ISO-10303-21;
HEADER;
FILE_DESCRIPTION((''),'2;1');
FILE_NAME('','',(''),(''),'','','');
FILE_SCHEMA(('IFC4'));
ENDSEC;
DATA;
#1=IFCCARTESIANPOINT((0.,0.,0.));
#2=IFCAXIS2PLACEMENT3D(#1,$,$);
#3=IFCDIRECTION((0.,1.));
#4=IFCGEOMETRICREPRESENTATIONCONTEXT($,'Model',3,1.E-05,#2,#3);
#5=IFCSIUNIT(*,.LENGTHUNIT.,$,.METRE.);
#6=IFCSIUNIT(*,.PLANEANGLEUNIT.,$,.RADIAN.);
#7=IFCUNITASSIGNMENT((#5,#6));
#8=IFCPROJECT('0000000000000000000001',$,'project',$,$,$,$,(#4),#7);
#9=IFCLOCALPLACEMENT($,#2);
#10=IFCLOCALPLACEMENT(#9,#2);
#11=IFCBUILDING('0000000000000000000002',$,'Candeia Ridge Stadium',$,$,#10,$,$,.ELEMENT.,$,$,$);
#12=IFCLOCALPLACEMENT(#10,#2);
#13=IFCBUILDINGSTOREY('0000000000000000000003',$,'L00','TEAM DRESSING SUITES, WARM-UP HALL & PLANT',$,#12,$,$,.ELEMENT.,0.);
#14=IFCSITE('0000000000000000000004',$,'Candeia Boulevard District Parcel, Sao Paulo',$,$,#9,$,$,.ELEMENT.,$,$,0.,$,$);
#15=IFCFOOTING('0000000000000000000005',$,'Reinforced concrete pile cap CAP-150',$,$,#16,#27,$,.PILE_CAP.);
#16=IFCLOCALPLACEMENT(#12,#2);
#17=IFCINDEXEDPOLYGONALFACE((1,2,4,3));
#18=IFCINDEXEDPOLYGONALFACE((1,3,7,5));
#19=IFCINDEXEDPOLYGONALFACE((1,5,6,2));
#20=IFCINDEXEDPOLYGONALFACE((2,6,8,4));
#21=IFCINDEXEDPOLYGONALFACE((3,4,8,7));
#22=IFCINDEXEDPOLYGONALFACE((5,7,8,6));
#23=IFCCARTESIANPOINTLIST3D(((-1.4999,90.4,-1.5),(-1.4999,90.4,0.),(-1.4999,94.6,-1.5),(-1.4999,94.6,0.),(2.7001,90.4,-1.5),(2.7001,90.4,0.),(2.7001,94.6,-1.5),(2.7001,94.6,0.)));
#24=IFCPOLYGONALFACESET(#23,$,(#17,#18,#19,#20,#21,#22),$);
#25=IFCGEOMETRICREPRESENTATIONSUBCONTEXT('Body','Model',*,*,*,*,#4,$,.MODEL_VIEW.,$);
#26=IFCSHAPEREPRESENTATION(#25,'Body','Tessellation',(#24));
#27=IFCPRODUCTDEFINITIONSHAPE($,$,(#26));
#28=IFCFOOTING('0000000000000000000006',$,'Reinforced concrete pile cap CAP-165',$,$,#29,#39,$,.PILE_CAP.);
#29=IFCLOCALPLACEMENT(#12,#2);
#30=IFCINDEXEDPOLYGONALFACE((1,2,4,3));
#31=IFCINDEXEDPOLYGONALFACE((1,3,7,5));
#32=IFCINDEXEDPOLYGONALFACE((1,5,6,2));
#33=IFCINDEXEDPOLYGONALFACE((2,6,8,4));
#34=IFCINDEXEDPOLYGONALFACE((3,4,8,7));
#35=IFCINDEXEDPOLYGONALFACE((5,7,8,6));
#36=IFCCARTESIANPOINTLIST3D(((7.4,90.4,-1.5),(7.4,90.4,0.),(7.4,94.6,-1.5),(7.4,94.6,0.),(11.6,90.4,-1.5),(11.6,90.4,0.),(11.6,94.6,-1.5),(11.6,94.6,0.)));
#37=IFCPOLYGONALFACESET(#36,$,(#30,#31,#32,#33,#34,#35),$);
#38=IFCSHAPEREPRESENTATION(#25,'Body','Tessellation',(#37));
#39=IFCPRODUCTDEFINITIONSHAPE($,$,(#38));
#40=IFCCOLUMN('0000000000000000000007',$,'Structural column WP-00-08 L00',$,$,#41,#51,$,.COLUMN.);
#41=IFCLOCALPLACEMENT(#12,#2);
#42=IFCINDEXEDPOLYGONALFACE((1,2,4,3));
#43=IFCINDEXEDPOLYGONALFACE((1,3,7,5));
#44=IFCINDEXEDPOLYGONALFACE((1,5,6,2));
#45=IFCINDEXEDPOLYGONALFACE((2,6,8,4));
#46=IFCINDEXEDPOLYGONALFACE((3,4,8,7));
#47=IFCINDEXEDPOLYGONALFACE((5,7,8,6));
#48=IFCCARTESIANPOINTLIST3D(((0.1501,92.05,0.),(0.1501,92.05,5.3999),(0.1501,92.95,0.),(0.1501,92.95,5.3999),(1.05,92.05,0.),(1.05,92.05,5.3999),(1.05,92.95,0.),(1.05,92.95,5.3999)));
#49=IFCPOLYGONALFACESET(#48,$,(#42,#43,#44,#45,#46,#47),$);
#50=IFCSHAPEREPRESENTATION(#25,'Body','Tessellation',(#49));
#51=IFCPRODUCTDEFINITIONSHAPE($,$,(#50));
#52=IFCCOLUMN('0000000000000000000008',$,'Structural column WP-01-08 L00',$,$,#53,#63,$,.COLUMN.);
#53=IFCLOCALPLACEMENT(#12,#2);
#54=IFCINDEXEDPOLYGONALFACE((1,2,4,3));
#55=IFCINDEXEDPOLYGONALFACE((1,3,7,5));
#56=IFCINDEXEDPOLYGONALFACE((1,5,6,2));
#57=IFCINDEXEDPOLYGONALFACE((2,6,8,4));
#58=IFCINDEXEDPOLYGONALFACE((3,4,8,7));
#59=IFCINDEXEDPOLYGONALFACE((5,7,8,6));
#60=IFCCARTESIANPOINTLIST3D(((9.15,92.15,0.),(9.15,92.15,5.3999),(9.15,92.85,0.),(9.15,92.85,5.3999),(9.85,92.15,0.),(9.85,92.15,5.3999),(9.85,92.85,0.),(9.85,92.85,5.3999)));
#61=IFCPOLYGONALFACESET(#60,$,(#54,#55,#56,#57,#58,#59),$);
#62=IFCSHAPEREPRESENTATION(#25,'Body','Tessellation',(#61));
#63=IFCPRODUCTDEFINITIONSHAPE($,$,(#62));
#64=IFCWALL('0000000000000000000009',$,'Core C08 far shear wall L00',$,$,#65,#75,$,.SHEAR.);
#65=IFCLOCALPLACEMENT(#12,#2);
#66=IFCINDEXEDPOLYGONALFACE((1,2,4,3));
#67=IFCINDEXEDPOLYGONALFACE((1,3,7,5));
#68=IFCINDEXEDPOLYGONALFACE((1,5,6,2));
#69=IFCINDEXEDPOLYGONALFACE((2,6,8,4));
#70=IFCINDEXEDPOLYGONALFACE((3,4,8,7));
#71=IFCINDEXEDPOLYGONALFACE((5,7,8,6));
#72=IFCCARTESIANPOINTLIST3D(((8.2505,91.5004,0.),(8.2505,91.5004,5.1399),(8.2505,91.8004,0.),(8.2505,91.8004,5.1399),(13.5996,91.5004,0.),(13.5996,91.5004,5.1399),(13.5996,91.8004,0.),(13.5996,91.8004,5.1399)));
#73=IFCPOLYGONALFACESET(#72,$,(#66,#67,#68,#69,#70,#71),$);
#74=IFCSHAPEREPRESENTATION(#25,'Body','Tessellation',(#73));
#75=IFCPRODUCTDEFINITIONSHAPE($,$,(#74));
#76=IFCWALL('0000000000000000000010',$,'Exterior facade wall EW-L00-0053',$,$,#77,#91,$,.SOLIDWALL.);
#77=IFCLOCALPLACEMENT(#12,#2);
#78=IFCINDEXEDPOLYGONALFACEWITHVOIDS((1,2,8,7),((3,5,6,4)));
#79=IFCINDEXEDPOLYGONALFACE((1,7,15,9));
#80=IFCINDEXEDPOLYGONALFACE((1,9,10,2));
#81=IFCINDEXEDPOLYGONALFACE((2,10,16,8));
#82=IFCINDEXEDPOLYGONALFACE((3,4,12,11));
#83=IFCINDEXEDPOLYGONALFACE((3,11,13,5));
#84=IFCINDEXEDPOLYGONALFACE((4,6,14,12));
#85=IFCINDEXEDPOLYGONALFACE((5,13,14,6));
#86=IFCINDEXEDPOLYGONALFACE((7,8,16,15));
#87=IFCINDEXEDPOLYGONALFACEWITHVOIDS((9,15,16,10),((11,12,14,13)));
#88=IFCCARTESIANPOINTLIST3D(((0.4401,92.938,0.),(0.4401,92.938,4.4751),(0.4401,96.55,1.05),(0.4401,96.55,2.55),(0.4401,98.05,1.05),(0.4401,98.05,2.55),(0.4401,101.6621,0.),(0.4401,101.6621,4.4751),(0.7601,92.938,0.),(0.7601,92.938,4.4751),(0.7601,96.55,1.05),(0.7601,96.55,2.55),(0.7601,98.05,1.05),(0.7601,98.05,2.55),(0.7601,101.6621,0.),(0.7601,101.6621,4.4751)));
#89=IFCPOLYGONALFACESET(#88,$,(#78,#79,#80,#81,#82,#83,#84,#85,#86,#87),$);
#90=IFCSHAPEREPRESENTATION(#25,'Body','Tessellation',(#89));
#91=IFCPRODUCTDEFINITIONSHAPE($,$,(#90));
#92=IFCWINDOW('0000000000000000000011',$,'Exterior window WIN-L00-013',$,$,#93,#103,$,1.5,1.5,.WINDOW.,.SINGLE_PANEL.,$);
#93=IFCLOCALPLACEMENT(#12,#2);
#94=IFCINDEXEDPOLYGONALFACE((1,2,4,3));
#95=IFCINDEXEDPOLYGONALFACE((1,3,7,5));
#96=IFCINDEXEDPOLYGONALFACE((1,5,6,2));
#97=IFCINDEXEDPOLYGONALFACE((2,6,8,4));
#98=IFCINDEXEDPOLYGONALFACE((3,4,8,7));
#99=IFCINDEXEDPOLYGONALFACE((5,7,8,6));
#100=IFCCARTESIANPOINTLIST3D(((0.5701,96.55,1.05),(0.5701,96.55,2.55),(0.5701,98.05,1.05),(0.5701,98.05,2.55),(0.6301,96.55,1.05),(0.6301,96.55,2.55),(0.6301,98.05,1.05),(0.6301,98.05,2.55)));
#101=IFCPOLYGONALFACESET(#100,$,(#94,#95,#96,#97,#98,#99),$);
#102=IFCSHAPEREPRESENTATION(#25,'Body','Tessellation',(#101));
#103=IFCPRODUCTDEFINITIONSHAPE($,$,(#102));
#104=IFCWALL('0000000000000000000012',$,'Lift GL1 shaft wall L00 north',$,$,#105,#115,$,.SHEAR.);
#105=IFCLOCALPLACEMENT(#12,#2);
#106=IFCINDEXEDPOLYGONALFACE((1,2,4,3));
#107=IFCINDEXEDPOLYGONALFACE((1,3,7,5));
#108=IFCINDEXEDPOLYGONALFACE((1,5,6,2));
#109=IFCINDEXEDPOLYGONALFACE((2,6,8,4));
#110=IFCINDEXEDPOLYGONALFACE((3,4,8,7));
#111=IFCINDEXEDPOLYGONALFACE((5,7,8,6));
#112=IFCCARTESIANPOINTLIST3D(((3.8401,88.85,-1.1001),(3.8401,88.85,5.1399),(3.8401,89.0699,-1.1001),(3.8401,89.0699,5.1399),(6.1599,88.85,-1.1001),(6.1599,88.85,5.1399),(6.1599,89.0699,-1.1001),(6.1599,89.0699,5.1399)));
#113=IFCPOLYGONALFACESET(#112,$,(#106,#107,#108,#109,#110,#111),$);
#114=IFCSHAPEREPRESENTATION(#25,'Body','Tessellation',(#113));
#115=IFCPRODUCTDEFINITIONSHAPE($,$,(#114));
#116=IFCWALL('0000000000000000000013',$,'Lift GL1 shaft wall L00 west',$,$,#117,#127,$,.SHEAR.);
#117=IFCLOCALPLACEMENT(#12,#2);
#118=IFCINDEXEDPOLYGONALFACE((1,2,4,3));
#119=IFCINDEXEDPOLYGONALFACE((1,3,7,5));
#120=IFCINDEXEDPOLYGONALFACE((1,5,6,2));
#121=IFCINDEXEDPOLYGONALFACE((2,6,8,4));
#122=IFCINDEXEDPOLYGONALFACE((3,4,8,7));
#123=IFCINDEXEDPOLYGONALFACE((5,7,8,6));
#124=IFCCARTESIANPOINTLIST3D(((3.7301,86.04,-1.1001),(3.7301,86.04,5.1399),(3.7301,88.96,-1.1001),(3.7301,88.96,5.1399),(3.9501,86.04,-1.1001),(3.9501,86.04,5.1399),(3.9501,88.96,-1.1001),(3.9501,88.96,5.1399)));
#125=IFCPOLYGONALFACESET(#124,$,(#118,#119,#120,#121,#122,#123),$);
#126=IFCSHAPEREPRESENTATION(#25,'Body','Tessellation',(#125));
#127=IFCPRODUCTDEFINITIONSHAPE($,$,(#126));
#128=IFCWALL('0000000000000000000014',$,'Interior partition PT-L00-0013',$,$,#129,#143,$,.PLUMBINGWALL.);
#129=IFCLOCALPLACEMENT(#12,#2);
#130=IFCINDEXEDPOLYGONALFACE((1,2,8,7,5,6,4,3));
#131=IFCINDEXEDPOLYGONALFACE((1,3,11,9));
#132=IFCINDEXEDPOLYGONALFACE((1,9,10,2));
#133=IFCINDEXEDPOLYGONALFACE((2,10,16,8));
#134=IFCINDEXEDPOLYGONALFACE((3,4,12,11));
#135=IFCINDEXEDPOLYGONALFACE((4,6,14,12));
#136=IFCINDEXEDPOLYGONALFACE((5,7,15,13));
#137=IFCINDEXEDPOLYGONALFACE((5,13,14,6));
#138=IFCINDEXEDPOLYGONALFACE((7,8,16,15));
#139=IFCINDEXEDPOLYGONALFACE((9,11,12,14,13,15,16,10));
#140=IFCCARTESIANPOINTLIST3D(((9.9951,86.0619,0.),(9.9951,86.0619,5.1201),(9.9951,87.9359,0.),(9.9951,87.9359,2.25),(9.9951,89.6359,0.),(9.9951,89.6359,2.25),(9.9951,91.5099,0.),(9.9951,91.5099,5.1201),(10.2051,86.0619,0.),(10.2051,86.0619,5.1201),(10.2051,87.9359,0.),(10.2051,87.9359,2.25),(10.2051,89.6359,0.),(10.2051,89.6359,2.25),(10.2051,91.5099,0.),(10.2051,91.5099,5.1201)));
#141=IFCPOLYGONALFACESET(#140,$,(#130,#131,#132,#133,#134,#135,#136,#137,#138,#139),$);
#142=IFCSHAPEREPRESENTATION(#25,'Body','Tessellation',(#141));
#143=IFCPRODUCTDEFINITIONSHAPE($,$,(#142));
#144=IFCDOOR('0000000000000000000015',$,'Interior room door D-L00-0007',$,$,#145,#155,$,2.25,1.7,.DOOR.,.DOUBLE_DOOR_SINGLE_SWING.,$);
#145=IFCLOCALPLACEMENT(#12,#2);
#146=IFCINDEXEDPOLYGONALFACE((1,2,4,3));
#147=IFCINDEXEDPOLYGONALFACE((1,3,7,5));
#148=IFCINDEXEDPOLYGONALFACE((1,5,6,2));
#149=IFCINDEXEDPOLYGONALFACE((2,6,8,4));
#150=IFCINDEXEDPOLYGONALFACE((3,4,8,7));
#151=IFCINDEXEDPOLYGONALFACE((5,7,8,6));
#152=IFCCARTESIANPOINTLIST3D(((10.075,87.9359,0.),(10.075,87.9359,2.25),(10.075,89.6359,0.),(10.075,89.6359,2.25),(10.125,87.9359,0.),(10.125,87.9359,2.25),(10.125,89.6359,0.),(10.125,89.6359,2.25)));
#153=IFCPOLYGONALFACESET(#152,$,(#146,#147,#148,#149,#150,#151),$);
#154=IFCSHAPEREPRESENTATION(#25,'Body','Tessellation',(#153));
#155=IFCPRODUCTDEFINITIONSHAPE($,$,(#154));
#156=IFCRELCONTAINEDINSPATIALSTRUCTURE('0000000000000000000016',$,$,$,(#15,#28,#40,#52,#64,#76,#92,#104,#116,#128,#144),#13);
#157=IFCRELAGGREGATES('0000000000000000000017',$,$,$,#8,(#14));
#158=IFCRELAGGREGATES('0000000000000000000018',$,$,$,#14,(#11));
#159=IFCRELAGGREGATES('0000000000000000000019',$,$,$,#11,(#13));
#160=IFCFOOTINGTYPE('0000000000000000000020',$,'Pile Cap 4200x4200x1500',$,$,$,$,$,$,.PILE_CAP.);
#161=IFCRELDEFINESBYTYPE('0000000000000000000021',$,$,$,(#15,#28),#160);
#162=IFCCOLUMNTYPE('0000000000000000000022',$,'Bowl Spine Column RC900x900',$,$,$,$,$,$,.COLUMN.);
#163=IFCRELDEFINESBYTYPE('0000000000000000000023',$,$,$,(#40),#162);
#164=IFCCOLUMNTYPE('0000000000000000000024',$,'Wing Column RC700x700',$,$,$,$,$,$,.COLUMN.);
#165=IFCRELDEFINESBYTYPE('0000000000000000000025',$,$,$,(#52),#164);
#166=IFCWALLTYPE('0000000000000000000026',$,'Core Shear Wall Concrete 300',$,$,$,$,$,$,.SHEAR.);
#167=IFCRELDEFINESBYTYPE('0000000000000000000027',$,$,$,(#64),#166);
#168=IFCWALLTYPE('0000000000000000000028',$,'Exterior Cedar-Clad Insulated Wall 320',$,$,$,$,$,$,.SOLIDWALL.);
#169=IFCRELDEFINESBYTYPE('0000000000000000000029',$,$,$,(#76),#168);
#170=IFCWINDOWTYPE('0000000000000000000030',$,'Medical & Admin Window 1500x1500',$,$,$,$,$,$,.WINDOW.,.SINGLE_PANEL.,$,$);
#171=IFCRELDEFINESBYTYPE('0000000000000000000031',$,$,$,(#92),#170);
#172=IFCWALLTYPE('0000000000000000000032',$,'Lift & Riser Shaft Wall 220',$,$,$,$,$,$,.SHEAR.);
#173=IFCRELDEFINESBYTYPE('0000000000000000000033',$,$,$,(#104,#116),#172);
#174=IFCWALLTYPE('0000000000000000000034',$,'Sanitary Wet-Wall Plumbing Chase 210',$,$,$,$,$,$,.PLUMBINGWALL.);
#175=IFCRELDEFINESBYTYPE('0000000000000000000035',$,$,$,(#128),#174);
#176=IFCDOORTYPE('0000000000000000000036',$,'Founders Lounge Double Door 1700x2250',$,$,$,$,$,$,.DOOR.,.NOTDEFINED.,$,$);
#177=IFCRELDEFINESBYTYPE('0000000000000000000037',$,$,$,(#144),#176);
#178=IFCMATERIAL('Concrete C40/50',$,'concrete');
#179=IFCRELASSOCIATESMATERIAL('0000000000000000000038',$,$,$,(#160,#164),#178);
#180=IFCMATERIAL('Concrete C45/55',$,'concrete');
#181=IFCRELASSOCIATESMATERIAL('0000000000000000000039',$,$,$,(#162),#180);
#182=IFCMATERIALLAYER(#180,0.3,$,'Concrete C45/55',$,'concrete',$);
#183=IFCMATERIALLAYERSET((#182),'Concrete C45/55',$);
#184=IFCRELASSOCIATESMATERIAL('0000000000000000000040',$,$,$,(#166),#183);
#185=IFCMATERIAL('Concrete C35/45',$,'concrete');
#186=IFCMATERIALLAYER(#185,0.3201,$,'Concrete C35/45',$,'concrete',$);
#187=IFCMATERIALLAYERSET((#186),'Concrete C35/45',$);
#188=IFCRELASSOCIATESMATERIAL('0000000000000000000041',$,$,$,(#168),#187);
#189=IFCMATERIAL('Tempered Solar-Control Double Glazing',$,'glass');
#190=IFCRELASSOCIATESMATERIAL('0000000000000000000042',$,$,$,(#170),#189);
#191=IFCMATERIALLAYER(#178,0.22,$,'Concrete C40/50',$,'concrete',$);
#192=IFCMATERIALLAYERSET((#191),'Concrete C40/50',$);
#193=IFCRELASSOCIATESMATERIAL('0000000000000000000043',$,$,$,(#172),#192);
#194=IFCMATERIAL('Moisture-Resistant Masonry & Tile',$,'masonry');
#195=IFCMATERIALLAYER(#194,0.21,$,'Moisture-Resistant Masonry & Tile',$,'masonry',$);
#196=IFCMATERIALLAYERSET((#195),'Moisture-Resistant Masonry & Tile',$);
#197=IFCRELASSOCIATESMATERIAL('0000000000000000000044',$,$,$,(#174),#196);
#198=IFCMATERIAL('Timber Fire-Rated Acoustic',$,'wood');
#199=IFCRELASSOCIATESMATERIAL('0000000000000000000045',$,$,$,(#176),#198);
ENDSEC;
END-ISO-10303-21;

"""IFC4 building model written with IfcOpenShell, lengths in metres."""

from ifc_helpers import new_model, si_unit, direction, frame, frame_2d, origin, origin_2d, place, context, subcontext, project, spatial, rectangle, extrude, material, layer, layer_set, material_profile, profile_set, type_object, element, fill, save


model = new_model("IFC4")

# Units and contexts
model_context = context("Model", 3, precision=1e-05, world=origin(), true_north=direction((0.0, 1.0)))
body_context = subcontext(model_context, "Body", "Model", "MODEL_VIEW")
ifc_project = project(units=[si_unit("LENGTHUNIT", "METRE"), si_unit("PLANEANGLEUNIT", "RADIAN")], contexts=[model_context])

# Site, building, storey
site_placement = place(None, origin())
site = spatial("IfcSite", under=ifc_project, at=site_placement, Name="Candeia Boulevard District Parcel, Sao Paulo", CompositionType="ELEMENT", RefElevation=0.0)
building_placement = place(site_placement, origin())
building = spatial("IfcBuilding", under=site, at=building_placement, Name="Candeia Ridge Stadium", CompositionType="ELEMENT")
storey_placement = place(building_placement, origin())
storey = spatial("IfcBuildingStorey", under=building, at=storey_placement, Name="L00", Description="TEAM DRESSING SUITES, WARM-UP HALL & PLANT", CompositionType="ELEMENT", Elevation=0.0)

# Shared definitions
ifc_material_1 = material(Name="Concrete C40/50", Category="concrete")

# Footings
footing_type_1 = type_object("IfcFootingType", Name="Pile Cap 4200x4200x1500", PredefinedType="PILE_CAP", material=ifc_material_1)
for number, where, z_axis, x_axis, name in (
    (1, (0.6001, 92.5, -1.5), (0.0, 0.0, 1.0), (1.0, 0.0, 0.0), "Reinforced concrete pile cap CAP-150"),
    (2, (9.5, 92.5, -1.5), (0.0, 0.0, 1.0), (1.0, 0.0, 0.0), "Reinforced concrete pile cap CAP-165"),
):
    element("IfcFooting", number, at=place(storey_placement, frame(where, z_axis=z_axis, x_axis=x_axis)), inside=storey, type_object=footing_type_1, Name=name, PredefinedType="PILE_CAP", context=body_context, shape_type="SweptSolid", body=[
        extrude(rectangle(XDim=4.2, YDim=4.2, at=origin_2d()), origin(), (0.0, 0.0, 1.0), 1.5),
    ])

# Columns
ifc_material_2 = material(Name="Concrete C45/55", Category="concrete")
ifc_material_profile_1 = material_profile(ifc_material_2, rectangle(XDim=0.8999, YDim=0.8999, at=origin_2d()), Name="RC900x900", Category="concrete")
ifc_profile_set_1 = profile_set([ifc_material_profile_1], Name="Concrete C45/55")
column_type_1 = type_object("IfcColumnType", Name="Bowl Spine Column RC900x900", PredefinedType="COLUMN", material=ifc_profile_set_1)
column_1_placement = place(storey_placement, frame((0.6001, 92.5, 0.0), z_axis=(0.0, 0.0, 1.0), x_axis=(1.0, 0.0, 0.0)))
element("IfcColumn", 3, at=column_1_placement, inside=storey, type_object=column_type_1, Name="Structural column WP-00-08 L00", PredefinedType="COLUMN", context=body_context, shape_type="SweptSolid", body=[
    extrude(rectangle(XDim=0.8999, YDim=0.8999, at=origin_2d()), origin(), (0.0, 0.0, 1.0), 5.3999),
])
ifc_material_profile_2 = material_profile(ifc_material_1, rectangle(XDim=0.7, YDim=0.7, at=origin_2d()), Name="RC700x700", Category="concrete")
ifc_profile_set_2 = profile_set([ifc_material_profile_2], Name="Concrete C40/50")
column_type_2 = type_object("IfcColumnType", Name="Wing Column RC700x700", PredefinedType="COLUMN", material=ifc_profile_set_2)
column_2_placement = place(storey_placement, frame((9.5, 92.5, 0.0), z_axis=(0.0, 0.0, 1.0), x_axis=(1.0, 0.0, 0.0)))
element("IfcColumn", 4, at=column_2_placement, inside=storey, type_object=column_type_2, Name="Structural column WP-01-08 L00", PredefinedType="COLUMN", context=body_context, shape_type="SweptSolid", body=[
    extrude(rectangle(XDim=0.7, YDim=0.7, at=origin_2d()), origin(), (0.0, 0.0, 1.0), 5.3999),
])

# Wall
ifc_layer_1 = layer(ifc_material_2, 0.3, Name="Concrete C45/55", Category="concrete")
ifc_layer_set_1 = layer_set([ifc_layer_1], Name="Concrete C45/55")
wall_type_1 = type_object("IfcWallType", Name="Core Shear Wall Concrete 300", PredefinedType="SHEAR", material=ifc_layer_set_1)
wall_1_placement = place(storey_placement, frame((8.2505, 91.6504, 0.0), z_axis=(0.0, 0.0, 1.0), x_axis=(1.0, 0.0, 0.0)))
element("IfcWall", 5, at=wall_1_placement, inside=storey, type_object=wall_type_1, Name="Core C08 far shear wall L00", PredefinedType="SHEAR", context=body_context, shape_type="SweptSolid", body=[
    extrude(rectangle(XDim=5.3491, YDim=0.3, at=frame_2d((2.6746, 0.0))), origin(), (0.0, 0.0, 1.0), 5.1399),
])

# Wall, opening, window
ifc_material_3 = material(Name="Concrete C35/45", Category="concrete")
ifc_layer_2 = layer(ifc_material_3, 0.3201, Name="Concrete C35/45", Category="concrete")
ifc_layer_set_2 = layer_set([ifc_layer_2], Name="Concrete C35/45")
wall_type_2 = type_object("IfcWallType", Name="Exterior Cedar-Clad Insulated Wall 320", PredefinedType="SOLIDWALL", material=ifc_layer_set_2)
wall_2_placement = place(storey_placement, frame((0.6001, 92.938, 0.0), z_axis=(0.0, 0.0, 1.0), x_axis=(0.0, 1.0, 0.0)))
wall_2 = element("IfcWall", 6, at=wall_2_placement, inside=storey, type_object=wall_type_2, Name="Exterior facade wall EW-L00-0053", PredefinedType="SOLIDWALL", context=body_context, shape_type="SweptSolid", body=[
    extrude(rectangle(XDim=8.7241, YDim=0.3201, at=frame_2d((4.3621, 0.0))), origin(), (0.0, 0.0, 1.0), 4.4751),
])
opening_1_placement = place(wall_2_placement, frame((3.6121, 0.0, 1.05)))
opening_1 = element("IfcOpeningElement", 7, at=opening_1_placement, cuts=wall_2, PredefinedType="OPENING", context=body_context, shape_type="SweptSolid", body=[
    extrude(rectangle(XDim=1.5, YDim=1.5, at=frame_2d((0.75, 0.75))), frame((0.0, 0.1699, 0.0), z_axis=(0.0, -1.0, 0.0), x_axis=(1.0, 0.0, 0.0)), (0.0, 0.0, 1.0), 0.3401),
])
ifc_material_4 = material(Name="Tempered Solar-Control Double Glazing", Category="glass")
window_type = type_object("IfcWindowType", Name="Medical & Admin Window 1500x1500", PartitioningType="SINGLE_PANEL", PredefinedType="WINDOW", material=ifc_material_4)
window_placement = place(opening_1_placement, origin())
window = element("IfcWindow", 8, at=window_placement, inside=storey, type_object=window_type, Name="Exterior window WIN-L00-013", OverallHeight=1.5, OverallWidth=1.5, PartitioningType="SINGLE_PANEL", PredefinedType="WINDOW", context=body_context, shape_type="SweptSolid", body=[
    extrude(rectangle(XDim=1.5, YDim=1.5, at=frame_2d((0.75, 0.75))), frame((0.0, 0.03, 0.0), z_axis=(0.0, -1.0, 0.0), x_axis=(1.0, 0.0, 0.0)), (0.0, 0.0, 1.0), 0.0601),
])
fill(opening_1, window)

# Walls
ifc_layer_3 = layer(ifc_material_1, 0.22, Name="Concrete C40/50", Category="concrete")
ifc_layer_set_3 = layer_set([ifc_layer_3], Name="Concrete C40/50")
wall_type_3 = type_object("IfcWallType", Name="Lift & Riser Shaft Wall 220", PredefinedType="SHEAR", material=ifc_layer_set_3)
wall_3_placement = place(storey_placement, frame((6.1599, 88.96, -1.1001), z_axis=(0.0, 0.0, 1.0), x_axis=(-1.0, 0.0, 0.0)))
element("IfcWall", 9, at=wall_3_placement, inside=storey, type_object=wall_type_3, Name="Lift GL1 shaft wall L00 north", PredefinedType="SHEAR", context=body_context, shape_type="SweptSolid", body=[
    extrude(rectangle(XDim=2.3198, YDim=0.22, at=frame_2d((1.1599, 0.0))), origin(), (0.0, 0.0, 1.0), 6.24),
])
wall_4_placement = place(storey_placement, frame((3.8401, 88.96, -1.1001), z_axis=(0.0, 0.0, 1.0), x_axis=(0.0, -1.0, 0.0)))
element("IfcWall", 10, at=wall_4_placement, inside=storey, type_object=wall_type_3, Name="Lift GL1 shaft wall L00 west", PredefinedType="SHEAR", context=body_context, shape_type="SweptSolid", body=[
    extrude(rectangle(XDim=2.9199, YDim=0.22, at=frame_2d((1.46, 0.0))), origin(), (0.0, 0.0, 1.0), 6.24),
])

# Wall, opening, door
ifc_material_5 = material(Name="Moisture-Resistant Masonry & Tile", Category="masonry")
ifc_layer_4 = layer(ifc_material_5, 0.21, Name="Moisture-Resistant Masonry & Tile", Category="masonry")
ifc_layer_set_4 = layer_set([ifc_layer_4], Name="Moisture-Resistant Masonry & Tile")
wall_type_4 = type_object("IfcWallType", Name="Sanitary Wet-Wall Plumbing Chase 210", PredefinedType="PLUMBINGWALL", material=ifc_layer_set_4)
wall_5_placement = place(storey_placement, frame((10.1001, 91.51, 0.0), z_axis=(0.0, 0.0, 1.0), x_axis=(0.0, -1.0, 0.0)))
wall_5 = element("IfcWall", 11, at=wall_5_placement, inside=storey, type_object=wall_type_4, Name="Interior partition PT-L00-0013", PredefinedType="PLUMBINGWALL", context=body_context, shape_type="SweptSolid", body=[
    extrude(rectangle(XDim=5.448, YDim=0.21, at=frame_2d((2.7241, 0.0))), origin(), (0.0, 0.0, 1.0), 5.1201),
])
opening_2_placement = place(wall_5_placement, frame((1.874, 0.0, 0.0)))
opening_2 = element("IfcOpeningElement", 12, at=opening_2_placement, cuts=wall_5, PredefinedType="OPENING", context=body_context, shape_type="SweptSolid", body=[
    extrude(rectangle(XDim=1.7, YDim=2.25, at=frame_2d((0.8501, 1.125))), frame((0.0, 0.115, 0.0), z_axis=(0.0, -1.0, 0.0), x_axis=(1.0, 0.0, 0.0)), (0.0, 0.0, 1.0), 0.23),
])
ifc_material_6 = material(Name="Timber Fire-Rated Acoustic", Category="wood")
door_type = type_object("IfcDoorType", Name="Founders Lounge Double Door 1700x2250", OperationType="NOTDEFINED", PredefinedType="DOOR", material=ifc_material_6)
door_placement = place(opening_2_placement, origin())
door = element("IfcDoor", 13, at=door_placement, inside=storey, type_object=door_type, Name="Interior room door D-L00-0007", OperationType="DOUBLE_DOOR_SINGLE_SWING", OverallHeight=2.25, OverallWidth=1.7, PredefinedType="DOOR", context=body_context, shape_type="SweptSolid", body=[
    extrude(rectangle(XDim=1.7, YDim=2.25, at=frame_2d((0.8501, 1.125))), frame((0.0, 0.0249, 0.0), z_axis=(0.0, -1.0, 0.0), x_axis=(1.0, 0.0, 0.0)), (0.0, 0.0, 1.0), 0.05),
])
fill(opening_2, door)

save(model, "model.ifc")
